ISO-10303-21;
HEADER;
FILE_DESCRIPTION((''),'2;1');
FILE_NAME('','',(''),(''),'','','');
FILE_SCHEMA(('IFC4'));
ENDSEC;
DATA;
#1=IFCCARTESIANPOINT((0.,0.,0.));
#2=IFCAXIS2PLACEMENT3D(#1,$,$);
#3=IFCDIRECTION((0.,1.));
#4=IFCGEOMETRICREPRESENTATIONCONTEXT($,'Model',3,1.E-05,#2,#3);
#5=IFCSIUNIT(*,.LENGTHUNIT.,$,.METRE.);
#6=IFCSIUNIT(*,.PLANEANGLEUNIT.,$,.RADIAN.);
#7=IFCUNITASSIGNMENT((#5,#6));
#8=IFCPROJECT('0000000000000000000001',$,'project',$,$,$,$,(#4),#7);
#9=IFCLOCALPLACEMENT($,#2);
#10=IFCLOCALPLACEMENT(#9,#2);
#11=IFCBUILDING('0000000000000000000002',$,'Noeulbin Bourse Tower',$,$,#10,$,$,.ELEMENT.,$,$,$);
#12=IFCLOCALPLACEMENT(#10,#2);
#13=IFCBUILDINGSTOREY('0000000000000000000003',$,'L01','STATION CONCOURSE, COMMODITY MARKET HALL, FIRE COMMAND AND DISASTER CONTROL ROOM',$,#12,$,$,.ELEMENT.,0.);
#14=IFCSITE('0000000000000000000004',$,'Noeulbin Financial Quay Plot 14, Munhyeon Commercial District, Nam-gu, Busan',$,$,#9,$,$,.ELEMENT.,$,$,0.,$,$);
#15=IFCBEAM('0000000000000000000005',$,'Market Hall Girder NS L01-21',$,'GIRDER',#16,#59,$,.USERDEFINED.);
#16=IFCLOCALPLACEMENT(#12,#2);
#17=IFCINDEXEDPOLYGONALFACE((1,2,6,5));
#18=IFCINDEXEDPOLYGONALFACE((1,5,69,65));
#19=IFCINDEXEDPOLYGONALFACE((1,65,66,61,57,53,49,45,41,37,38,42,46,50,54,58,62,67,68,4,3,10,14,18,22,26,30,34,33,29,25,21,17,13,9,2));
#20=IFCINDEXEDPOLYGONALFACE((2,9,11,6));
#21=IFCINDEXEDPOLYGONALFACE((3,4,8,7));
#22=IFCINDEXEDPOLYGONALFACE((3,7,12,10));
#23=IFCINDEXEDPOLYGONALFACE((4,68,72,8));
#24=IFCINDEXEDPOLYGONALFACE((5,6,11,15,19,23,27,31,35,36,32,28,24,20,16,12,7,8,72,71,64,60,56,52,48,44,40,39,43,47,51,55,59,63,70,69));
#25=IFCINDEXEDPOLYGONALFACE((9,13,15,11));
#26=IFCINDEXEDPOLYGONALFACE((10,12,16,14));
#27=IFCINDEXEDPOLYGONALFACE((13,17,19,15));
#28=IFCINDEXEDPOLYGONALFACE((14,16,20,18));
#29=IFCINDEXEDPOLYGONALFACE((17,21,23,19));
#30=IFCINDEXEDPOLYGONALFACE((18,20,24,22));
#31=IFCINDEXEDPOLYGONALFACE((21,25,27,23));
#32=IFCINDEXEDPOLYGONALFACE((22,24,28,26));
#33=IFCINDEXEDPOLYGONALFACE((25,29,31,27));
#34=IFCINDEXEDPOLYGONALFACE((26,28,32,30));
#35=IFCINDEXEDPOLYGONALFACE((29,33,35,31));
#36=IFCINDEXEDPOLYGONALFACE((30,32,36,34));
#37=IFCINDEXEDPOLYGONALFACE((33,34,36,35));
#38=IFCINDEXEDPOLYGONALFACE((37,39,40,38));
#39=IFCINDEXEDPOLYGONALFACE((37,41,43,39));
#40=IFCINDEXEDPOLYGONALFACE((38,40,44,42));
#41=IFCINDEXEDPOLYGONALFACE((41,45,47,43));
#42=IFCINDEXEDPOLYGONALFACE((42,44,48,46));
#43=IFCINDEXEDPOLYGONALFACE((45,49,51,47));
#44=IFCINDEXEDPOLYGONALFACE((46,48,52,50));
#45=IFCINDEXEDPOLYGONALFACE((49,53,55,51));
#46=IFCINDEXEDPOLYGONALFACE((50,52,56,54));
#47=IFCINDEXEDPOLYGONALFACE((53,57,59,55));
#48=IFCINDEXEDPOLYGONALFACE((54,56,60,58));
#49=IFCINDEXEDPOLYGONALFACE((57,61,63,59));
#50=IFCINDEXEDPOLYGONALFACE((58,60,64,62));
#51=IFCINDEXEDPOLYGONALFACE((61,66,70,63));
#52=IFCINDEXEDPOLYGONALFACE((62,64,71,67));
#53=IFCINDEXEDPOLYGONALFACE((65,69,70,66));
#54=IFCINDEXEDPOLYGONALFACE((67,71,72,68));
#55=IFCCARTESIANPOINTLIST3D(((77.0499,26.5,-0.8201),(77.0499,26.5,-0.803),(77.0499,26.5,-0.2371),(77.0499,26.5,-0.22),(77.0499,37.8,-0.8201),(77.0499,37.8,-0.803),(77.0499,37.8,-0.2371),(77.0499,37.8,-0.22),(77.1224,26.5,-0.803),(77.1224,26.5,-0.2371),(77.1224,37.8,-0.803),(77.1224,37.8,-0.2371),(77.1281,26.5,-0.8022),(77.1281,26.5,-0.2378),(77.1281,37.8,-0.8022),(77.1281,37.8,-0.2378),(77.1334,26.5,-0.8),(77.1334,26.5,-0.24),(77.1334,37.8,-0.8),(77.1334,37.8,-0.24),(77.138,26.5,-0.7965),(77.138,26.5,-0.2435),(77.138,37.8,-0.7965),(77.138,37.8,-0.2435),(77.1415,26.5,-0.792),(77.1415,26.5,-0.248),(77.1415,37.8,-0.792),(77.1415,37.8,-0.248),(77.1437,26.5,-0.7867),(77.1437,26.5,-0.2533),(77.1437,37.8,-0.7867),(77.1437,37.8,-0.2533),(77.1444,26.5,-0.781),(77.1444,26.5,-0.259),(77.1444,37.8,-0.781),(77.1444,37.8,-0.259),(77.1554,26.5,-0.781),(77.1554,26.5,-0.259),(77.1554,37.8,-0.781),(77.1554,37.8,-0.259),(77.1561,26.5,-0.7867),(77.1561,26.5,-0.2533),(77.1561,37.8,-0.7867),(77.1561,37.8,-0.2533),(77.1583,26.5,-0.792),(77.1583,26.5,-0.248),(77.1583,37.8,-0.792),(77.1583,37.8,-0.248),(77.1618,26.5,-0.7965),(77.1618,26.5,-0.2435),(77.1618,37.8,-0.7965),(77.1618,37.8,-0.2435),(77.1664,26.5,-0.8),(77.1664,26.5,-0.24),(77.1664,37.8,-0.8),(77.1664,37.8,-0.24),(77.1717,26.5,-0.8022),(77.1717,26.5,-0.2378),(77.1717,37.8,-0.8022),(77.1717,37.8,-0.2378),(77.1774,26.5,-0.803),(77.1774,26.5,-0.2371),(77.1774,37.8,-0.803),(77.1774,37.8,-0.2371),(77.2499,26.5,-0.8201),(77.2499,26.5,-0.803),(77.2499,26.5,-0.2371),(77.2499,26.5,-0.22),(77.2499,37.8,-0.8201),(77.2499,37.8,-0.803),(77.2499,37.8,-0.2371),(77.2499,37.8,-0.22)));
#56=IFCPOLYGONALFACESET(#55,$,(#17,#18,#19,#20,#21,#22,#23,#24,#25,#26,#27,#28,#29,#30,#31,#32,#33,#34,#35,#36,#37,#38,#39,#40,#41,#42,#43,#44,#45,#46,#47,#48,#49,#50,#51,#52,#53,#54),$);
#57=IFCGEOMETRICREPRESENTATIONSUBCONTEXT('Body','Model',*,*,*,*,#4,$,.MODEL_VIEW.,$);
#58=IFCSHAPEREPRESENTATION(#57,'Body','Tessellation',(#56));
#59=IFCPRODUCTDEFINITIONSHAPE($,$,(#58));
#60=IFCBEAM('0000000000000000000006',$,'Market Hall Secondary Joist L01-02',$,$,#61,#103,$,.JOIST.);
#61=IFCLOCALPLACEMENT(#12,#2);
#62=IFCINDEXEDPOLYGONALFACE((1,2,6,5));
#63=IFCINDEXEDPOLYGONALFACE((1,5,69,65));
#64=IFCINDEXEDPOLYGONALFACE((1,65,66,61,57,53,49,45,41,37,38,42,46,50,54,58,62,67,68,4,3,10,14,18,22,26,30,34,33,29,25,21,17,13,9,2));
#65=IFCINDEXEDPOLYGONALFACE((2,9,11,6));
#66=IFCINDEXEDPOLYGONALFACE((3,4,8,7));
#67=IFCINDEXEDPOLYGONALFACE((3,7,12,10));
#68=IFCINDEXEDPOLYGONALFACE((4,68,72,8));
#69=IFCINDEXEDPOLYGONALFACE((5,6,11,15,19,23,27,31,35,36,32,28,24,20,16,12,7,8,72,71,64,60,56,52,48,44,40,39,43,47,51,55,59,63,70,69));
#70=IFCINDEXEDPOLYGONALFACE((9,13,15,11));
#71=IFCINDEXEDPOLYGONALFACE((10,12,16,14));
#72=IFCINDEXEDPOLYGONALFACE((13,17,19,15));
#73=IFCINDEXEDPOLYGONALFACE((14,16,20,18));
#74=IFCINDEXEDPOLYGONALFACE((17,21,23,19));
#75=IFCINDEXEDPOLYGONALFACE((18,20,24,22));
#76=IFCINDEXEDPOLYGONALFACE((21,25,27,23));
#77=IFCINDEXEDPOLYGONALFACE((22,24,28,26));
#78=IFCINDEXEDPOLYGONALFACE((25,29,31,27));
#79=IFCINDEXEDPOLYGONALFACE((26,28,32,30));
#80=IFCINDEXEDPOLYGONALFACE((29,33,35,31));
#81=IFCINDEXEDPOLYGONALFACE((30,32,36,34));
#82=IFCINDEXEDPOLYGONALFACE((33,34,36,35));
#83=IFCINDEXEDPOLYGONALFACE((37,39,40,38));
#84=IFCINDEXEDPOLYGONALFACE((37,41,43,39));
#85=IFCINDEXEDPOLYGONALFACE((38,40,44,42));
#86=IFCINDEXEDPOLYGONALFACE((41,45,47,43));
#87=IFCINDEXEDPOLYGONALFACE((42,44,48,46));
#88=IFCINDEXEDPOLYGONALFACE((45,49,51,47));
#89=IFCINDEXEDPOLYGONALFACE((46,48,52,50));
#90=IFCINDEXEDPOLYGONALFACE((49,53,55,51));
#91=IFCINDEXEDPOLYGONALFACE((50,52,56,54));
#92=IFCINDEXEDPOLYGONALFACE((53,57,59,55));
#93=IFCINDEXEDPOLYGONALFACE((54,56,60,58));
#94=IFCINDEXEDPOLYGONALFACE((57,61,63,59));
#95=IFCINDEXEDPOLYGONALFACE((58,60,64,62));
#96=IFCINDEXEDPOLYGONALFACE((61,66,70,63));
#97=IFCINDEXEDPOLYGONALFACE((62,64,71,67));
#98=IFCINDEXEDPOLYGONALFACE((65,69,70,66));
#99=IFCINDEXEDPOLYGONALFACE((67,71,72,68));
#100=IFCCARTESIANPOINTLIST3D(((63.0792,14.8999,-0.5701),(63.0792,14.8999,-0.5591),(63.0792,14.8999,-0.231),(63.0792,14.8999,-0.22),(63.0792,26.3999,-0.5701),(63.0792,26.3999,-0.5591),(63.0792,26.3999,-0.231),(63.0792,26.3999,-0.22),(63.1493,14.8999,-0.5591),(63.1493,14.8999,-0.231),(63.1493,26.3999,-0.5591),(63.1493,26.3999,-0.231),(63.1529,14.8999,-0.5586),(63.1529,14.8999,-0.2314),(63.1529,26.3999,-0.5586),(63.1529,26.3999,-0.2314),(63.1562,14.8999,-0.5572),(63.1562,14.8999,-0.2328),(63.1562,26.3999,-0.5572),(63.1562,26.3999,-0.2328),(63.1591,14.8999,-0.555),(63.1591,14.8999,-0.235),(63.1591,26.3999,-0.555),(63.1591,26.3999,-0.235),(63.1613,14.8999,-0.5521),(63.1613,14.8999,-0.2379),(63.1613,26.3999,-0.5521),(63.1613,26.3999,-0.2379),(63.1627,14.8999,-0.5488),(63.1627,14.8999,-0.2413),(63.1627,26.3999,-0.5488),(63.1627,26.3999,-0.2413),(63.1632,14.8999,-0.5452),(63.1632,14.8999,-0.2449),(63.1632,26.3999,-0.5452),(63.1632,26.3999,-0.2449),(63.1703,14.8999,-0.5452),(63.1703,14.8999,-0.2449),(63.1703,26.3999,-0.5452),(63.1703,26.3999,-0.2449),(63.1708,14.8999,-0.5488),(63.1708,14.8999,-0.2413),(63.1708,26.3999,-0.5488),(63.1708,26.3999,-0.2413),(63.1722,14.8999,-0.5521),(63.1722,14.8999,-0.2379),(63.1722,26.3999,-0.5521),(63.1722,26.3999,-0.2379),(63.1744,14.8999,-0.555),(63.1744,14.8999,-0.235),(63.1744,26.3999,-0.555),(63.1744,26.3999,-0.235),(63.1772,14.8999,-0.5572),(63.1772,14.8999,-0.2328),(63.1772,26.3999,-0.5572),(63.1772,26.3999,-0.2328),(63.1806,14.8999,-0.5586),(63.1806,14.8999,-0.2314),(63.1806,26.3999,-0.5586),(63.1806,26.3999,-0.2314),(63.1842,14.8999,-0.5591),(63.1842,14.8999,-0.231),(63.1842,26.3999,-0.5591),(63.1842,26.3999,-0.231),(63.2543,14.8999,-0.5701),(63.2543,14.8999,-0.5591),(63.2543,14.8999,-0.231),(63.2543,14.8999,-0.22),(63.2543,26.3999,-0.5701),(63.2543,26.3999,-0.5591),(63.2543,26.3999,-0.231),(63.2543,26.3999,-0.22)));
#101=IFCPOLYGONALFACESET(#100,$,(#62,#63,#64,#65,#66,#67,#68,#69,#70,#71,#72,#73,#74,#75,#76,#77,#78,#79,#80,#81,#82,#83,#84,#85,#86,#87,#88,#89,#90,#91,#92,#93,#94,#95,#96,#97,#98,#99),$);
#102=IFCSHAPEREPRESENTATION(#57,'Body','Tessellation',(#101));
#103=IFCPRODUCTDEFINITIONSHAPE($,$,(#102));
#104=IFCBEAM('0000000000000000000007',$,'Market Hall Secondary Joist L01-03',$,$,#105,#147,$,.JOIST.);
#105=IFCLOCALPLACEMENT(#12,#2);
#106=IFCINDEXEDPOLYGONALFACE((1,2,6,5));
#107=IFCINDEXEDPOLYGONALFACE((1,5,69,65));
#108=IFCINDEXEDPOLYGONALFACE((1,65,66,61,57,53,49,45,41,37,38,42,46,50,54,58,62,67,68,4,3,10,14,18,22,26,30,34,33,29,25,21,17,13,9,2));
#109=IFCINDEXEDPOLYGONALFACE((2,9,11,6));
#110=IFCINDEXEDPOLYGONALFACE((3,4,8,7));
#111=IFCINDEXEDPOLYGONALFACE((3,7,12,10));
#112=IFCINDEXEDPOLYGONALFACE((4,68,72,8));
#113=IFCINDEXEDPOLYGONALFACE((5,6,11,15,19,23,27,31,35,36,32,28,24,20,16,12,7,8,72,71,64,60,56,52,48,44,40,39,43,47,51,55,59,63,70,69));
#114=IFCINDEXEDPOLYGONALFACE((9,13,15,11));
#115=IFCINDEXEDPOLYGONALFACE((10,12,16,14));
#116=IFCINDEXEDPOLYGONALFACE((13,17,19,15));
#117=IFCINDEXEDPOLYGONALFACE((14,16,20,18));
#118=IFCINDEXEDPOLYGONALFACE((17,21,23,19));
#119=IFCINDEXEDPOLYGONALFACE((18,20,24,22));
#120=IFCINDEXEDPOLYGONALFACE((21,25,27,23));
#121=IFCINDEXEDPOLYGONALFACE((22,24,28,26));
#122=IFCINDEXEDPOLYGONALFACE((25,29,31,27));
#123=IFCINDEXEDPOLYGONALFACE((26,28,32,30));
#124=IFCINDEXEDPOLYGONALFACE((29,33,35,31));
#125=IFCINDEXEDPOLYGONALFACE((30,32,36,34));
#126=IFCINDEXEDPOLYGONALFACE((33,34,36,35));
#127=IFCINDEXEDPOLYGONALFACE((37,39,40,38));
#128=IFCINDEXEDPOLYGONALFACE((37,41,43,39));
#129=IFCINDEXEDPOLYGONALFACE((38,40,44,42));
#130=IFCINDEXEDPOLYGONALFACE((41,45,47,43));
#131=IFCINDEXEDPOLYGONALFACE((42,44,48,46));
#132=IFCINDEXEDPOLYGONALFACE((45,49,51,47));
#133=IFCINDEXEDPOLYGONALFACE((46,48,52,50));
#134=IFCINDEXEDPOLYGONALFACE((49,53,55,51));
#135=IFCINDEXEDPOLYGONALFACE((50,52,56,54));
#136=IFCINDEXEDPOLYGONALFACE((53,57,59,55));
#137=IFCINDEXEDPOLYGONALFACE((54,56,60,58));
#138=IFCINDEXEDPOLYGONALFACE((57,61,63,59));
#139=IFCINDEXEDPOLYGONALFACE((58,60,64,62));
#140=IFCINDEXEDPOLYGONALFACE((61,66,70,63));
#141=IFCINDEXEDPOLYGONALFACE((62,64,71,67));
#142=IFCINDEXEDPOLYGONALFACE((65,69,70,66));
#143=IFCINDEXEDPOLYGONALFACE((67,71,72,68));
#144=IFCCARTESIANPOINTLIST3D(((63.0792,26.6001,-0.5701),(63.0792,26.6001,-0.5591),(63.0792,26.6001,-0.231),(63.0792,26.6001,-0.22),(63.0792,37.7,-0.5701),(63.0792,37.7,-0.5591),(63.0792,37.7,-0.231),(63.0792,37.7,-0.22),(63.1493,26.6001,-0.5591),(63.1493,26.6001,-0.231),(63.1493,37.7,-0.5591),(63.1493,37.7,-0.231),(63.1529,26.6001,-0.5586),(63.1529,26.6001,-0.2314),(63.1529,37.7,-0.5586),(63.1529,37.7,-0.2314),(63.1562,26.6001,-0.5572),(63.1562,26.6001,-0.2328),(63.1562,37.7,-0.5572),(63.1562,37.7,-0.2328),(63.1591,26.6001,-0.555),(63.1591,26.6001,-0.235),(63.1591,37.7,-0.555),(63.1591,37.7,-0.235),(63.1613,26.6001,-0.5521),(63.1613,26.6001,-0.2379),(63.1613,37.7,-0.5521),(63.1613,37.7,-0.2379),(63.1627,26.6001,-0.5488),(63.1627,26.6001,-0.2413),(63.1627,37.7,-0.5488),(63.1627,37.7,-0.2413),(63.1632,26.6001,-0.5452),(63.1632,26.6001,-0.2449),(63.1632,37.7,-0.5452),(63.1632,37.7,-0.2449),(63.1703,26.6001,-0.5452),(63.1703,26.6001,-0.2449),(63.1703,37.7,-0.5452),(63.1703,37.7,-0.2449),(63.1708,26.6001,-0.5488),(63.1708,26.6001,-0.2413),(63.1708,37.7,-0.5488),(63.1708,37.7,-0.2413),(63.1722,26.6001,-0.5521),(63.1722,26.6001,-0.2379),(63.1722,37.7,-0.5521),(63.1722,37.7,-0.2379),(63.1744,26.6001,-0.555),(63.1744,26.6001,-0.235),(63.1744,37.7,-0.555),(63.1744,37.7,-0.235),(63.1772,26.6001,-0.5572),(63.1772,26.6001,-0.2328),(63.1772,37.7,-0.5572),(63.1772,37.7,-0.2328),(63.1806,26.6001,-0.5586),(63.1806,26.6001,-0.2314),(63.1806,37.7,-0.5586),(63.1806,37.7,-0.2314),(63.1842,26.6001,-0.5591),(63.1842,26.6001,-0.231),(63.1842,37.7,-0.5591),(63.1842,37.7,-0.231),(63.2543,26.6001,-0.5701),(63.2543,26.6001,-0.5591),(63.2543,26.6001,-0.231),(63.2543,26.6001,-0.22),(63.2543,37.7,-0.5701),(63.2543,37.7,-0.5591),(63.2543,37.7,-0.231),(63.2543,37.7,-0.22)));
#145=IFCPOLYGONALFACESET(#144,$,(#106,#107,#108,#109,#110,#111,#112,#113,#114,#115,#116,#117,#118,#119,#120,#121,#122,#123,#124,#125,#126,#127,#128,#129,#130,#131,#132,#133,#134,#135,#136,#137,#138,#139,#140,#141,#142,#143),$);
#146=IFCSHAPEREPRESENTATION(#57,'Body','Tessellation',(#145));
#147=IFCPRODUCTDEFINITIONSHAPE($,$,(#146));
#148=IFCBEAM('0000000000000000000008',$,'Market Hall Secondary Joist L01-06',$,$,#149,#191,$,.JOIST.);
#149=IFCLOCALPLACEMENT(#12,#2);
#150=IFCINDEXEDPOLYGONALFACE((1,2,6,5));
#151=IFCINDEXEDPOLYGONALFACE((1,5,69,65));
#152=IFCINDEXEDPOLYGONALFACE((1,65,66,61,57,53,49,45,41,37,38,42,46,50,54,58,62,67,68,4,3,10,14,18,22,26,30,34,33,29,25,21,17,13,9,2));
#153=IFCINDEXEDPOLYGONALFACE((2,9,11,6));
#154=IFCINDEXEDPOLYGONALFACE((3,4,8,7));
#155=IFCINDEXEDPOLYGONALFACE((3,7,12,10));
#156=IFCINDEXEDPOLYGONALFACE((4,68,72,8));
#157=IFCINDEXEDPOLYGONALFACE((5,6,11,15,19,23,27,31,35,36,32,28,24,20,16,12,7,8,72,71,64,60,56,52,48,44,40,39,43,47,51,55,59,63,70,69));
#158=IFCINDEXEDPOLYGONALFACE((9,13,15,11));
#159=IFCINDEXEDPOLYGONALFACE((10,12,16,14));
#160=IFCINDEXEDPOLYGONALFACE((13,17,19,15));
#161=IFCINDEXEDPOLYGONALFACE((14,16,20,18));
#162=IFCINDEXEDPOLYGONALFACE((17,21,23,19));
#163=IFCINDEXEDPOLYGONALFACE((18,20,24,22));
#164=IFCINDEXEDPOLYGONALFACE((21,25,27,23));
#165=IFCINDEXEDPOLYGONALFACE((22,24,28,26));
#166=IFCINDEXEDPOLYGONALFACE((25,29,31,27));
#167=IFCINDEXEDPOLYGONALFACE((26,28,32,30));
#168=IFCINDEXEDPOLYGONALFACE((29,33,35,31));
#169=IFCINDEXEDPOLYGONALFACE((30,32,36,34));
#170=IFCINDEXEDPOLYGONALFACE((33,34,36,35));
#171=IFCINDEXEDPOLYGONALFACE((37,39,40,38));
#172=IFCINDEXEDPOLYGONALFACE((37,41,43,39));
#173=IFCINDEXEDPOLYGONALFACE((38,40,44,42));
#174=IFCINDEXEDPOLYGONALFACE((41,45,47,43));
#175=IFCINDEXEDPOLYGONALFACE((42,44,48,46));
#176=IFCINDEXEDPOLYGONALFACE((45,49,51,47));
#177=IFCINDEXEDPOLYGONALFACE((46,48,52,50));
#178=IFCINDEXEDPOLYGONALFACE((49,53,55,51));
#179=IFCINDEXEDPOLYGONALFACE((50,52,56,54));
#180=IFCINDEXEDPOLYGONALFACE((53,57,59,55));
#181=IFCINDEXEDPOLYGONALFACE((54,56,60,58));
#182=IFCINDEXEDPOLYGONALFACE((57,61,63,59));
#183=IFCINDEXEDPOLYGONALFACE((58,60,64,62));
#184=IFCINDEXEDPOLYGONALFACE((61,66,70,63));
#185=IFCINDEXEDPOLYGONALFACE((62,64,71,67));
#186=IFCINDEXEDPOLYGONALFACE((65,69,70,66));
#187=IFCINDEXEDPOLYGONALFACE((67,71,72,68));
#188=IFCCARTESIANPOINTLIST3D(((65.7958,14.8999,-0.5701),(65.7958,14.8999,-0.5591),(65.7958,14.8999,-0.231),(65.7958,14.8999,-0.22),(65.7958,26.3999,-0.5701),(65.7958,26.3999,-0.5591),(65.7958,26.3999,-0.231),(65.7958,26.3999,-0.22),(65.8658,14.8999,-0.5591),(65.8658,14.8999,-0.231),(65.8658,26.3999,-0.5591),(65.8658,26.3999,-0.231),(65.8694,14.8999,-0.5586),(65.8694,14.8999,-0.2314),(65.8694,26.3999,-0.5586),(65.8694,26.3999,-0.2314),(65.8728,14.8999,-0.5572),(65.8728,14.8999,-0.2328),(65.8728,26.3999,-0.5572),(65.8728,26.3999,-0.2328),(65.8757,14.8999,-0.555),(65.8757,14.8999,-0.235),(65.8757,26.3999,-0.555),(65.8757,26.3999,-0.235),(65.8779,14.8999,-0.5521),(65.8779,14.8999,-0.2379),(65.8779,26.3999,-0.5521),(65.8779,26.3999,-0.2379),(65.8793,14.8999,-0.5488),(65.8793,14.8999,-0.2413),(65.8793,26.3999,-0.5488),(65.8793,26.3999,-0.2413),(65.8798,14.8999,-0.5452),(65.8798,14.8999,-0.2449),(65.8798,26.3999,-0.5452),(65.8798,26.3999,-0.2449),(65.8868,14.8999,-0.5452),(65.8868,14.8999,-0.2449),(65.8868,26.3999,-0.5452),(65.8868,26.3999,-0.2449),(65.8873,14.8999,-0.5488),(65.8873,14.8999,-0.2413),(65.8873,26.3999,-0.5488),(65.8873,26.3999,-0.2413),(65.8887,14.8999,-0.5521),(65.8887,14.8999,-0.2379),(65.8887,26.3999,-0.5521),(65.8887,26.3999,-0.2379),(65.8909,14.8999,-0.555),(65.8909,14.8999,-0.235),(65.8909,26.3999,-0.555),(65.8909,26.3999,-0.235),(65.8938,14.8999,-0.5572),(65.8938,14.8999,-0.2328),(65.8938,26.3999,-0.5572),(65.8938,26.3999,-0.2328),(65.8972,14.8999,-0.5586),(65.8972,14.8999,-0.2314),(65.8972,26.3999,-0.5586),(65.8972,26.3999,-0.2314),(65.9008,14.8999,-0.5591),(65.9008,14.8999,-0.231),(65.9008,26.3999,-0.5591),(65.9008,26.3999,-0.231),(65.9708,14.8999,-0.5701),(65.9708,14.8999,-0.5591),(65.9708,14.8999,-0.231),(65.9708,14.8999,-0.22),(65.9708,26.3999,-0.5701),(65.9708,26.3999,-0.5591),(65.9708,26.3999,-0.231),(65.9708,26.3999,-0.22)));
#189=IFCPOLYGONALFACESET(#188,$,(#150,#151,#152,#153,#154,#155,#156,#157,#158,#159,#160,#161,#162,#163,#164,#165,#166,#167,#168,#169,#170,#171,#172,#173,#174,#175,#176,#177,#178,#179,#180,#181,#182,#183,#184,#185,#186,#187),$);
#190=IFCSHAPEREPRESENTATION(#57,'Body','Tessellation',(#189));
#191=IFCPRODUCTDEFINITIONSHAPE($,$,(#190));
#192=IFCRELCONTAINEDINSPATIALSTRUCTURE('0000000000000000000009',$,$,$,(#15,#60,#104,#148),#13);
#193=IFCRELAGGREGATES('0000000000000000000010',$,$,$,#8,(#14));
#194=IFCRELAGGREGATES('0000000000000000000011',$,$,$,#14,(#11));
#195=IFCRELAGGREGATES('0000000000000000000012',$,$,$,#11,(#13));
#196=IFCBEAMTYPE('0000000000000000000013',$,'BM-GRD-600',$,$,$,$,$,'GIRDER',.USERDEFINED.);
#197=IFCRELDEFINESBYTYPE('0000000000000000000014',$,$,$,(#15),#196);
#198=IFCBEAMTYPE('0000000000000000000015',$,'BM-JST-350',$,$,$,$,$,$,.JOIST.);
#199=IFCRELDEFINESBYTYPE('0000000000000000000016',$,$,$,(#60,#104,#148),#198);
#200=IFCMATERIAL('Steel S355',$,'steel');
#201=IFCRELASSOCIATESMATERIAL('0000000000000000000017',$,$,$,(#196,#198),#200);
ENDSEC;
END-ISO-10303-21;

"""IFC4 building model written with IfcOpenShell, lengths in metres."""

from ifc_helpers import new_model, si_unit, direction, frame, origin, origin_2d, place, context, subcontext, project, spatial, i_section, extrude, material, material_profile, profile_set, type_object, element, save


model = new_model("IFC4")

# Units and contexts
model_context = context("Model", 3, precision=1e-05, world=origin(), true_north=direction((0.0, 1.0)))
body_context = subcontext(model_context, "Body", "Model", "MODEL_VIEW")
ifc_project = project(units=[si_unit("LENGTHUNIT", "METRE"), si_unit("PLANEANGLEUNIT", "RADIAN")], contexts=[model_context])

# Site, building, storey
site_placement = place(None, origin())
site = spatial("IfcSite", under=ifc_project, at=site_placement, Name="Noeulbin Financial Quay Plot 14, Munhyeon Commercial District, Nam-gu, Busan", CompositionType="ELEMENT", RefElevation=0.0)
building_placement = place(site_placement, origin())
building = spatial("IfcBuilding", under=site, at=building_placement, Name="Noeulbin Bourse Tower", CompositionType="ELEMENT")
storey_placement = place(building_placement, origin())
storey = spatial("IfcBuildingStorey", under=building, at=storey_placement, Name="L01", Description="STATION CONCOURSE, COMMODITY MARKET HALL, FIRE COMMAND AND DISASTER CONTROL ROOM", CompositionType="ELEMENT", Elevation=0.0)

# Shared definitions
ifc_material_1 = material(Name="Steel S355", Category="steel")

# Beams
ifc_material_profile_1 = material_profile(ifc_material_1, i_section(OverallWidth=0.2, OverallDepth=0.6001, WebThickness=0.011, FlangeThickness=0.0171, FilletRadius=0.022, at=origin_2d()), Name="H-600x200x11x17", Category="LoadBearing")
ifc_profile_set_1 = profile_set([ifc_material_profile_1], Name="Steel S355")
beam_type_1 = type_object("IfcBeamType", Name="BM-GRD-600", ElementType="GIRDER", PredefinedType="USERDEFINED", material=ifc_profile_set_1)
beam_1_placement = place(storey_placement, frame((77.1499, 26.5, -0.52), z_axis=(0.0, 1.0, 0.0), x_axis=(-1.0, 0.0, 0.0)))
element("IfcBeam", 1, at=beam_1_placement, inside=storey, type_object=beam_type_1, Name="Market Hall Girder NS L01-21", ObjectType="GIRDER", PredefinedType="USERDEFINED", context=body_context, shape_type="SweptSolid", body=[
    extrude(i_section(OverallWidth=0.2, OverallDepth=0.6001, WebThickness=0.011, FlangeThickness=0.0171, FilletRadius=0.022, at=origin_2d()), origin(), (0.0, 0.0, 1.0), 11.3),
])
ifc_material_profile_2 = material_profile(ifc_material_1, i_section(OverallWidth=0.175, OverallDepth=0.3501, WebThickness=0.0071, FlangeThickness=0.011, FilletRadius=0.0139, at=origin_2d()), Name="H-350x175x7x11", Category="LoadBearing")
ifc_profile_set_2 = profile_set([ifc_material_profile_2], Name="Steel S355")
beam_type_2 = type_object("IfcBeamType", Name="BM-JST-350", PredefinedType="JOIST", material=ifc_profile_set_2)
beam_2_placement = place(storey_placement, frame((63.1667, 14.8999, -0.395), z_axis=(0.0, 1.0, 0.0), x_axis=(-1.0, 0.0, 0.0)))
element("IfcBeam", 2, at=beam_2_placement, inside=storey, type_object=beam_type_2, Name="Market Hall Secondary Joist L01-02", PredefinedType="JOIST", context=body_context, shape_type="SweptSolid", body=[
    extrude(i_section(OverallWidth=0.175, OverallDepth=0.3501, WebThickness=0.0071, FlangeThickness=0.011, FilletRadius=0.0139, at=origin_2d()), origin(), (0.0, 0.0, 1.0), 11.5),
])
beam_3_placement = place(storey_placement, frame((63.1667, 26.6001, -0.395), z_axis=(0.0, 1.0, 0.0), x_axis=(-1.0, 0.0, 0.0)))
element("IfcBeam", 3, at=beam_3_placement, inside=storey, type_object=beam_type_2, Name="Market Hall Secondary Joist L01-03", PredefinedType="JOIST", context=body_context, shape_type="SweptSolid", body=[
    extrude(i_section(OverallWidth=0.175, OverallDepth=0.3501, WebThickness=0.0071, FlangeThickness=0.011, FilletRadius=0.0139, at=origin_2d()), origin(), (0.0, 0.0, 1.0), 11.0999),
])
for number, where, z_axis, x_axis, name in (
    (4, (65.8833, 14.8999, -0.395), (0.0, 1.0, 0.0), (-1.0, 0.0, 0.0), "Market Hall Secondary Joist L01-06"),
):
    element("IfcBeam", number, at=place(storey_placement, frame(where, z_axis=z_axis, x_axis=x_axis)), inside=storey, type_object=beam_type_2, Name=name, PredefinedType="JOIST", context=body_context, shape_type="SweptSolid", body=[
        extrude(i_section(OverallWidth=0.175, OverallDepth=0.3501, WebThickness=0.0071, FlangeThickness=0.011, FilletRadius=0.0139, at=origin_2d()), origin(), (0.0, 0.0, 1.0), 11.5),
    ])

save(model, "model.ifc")
